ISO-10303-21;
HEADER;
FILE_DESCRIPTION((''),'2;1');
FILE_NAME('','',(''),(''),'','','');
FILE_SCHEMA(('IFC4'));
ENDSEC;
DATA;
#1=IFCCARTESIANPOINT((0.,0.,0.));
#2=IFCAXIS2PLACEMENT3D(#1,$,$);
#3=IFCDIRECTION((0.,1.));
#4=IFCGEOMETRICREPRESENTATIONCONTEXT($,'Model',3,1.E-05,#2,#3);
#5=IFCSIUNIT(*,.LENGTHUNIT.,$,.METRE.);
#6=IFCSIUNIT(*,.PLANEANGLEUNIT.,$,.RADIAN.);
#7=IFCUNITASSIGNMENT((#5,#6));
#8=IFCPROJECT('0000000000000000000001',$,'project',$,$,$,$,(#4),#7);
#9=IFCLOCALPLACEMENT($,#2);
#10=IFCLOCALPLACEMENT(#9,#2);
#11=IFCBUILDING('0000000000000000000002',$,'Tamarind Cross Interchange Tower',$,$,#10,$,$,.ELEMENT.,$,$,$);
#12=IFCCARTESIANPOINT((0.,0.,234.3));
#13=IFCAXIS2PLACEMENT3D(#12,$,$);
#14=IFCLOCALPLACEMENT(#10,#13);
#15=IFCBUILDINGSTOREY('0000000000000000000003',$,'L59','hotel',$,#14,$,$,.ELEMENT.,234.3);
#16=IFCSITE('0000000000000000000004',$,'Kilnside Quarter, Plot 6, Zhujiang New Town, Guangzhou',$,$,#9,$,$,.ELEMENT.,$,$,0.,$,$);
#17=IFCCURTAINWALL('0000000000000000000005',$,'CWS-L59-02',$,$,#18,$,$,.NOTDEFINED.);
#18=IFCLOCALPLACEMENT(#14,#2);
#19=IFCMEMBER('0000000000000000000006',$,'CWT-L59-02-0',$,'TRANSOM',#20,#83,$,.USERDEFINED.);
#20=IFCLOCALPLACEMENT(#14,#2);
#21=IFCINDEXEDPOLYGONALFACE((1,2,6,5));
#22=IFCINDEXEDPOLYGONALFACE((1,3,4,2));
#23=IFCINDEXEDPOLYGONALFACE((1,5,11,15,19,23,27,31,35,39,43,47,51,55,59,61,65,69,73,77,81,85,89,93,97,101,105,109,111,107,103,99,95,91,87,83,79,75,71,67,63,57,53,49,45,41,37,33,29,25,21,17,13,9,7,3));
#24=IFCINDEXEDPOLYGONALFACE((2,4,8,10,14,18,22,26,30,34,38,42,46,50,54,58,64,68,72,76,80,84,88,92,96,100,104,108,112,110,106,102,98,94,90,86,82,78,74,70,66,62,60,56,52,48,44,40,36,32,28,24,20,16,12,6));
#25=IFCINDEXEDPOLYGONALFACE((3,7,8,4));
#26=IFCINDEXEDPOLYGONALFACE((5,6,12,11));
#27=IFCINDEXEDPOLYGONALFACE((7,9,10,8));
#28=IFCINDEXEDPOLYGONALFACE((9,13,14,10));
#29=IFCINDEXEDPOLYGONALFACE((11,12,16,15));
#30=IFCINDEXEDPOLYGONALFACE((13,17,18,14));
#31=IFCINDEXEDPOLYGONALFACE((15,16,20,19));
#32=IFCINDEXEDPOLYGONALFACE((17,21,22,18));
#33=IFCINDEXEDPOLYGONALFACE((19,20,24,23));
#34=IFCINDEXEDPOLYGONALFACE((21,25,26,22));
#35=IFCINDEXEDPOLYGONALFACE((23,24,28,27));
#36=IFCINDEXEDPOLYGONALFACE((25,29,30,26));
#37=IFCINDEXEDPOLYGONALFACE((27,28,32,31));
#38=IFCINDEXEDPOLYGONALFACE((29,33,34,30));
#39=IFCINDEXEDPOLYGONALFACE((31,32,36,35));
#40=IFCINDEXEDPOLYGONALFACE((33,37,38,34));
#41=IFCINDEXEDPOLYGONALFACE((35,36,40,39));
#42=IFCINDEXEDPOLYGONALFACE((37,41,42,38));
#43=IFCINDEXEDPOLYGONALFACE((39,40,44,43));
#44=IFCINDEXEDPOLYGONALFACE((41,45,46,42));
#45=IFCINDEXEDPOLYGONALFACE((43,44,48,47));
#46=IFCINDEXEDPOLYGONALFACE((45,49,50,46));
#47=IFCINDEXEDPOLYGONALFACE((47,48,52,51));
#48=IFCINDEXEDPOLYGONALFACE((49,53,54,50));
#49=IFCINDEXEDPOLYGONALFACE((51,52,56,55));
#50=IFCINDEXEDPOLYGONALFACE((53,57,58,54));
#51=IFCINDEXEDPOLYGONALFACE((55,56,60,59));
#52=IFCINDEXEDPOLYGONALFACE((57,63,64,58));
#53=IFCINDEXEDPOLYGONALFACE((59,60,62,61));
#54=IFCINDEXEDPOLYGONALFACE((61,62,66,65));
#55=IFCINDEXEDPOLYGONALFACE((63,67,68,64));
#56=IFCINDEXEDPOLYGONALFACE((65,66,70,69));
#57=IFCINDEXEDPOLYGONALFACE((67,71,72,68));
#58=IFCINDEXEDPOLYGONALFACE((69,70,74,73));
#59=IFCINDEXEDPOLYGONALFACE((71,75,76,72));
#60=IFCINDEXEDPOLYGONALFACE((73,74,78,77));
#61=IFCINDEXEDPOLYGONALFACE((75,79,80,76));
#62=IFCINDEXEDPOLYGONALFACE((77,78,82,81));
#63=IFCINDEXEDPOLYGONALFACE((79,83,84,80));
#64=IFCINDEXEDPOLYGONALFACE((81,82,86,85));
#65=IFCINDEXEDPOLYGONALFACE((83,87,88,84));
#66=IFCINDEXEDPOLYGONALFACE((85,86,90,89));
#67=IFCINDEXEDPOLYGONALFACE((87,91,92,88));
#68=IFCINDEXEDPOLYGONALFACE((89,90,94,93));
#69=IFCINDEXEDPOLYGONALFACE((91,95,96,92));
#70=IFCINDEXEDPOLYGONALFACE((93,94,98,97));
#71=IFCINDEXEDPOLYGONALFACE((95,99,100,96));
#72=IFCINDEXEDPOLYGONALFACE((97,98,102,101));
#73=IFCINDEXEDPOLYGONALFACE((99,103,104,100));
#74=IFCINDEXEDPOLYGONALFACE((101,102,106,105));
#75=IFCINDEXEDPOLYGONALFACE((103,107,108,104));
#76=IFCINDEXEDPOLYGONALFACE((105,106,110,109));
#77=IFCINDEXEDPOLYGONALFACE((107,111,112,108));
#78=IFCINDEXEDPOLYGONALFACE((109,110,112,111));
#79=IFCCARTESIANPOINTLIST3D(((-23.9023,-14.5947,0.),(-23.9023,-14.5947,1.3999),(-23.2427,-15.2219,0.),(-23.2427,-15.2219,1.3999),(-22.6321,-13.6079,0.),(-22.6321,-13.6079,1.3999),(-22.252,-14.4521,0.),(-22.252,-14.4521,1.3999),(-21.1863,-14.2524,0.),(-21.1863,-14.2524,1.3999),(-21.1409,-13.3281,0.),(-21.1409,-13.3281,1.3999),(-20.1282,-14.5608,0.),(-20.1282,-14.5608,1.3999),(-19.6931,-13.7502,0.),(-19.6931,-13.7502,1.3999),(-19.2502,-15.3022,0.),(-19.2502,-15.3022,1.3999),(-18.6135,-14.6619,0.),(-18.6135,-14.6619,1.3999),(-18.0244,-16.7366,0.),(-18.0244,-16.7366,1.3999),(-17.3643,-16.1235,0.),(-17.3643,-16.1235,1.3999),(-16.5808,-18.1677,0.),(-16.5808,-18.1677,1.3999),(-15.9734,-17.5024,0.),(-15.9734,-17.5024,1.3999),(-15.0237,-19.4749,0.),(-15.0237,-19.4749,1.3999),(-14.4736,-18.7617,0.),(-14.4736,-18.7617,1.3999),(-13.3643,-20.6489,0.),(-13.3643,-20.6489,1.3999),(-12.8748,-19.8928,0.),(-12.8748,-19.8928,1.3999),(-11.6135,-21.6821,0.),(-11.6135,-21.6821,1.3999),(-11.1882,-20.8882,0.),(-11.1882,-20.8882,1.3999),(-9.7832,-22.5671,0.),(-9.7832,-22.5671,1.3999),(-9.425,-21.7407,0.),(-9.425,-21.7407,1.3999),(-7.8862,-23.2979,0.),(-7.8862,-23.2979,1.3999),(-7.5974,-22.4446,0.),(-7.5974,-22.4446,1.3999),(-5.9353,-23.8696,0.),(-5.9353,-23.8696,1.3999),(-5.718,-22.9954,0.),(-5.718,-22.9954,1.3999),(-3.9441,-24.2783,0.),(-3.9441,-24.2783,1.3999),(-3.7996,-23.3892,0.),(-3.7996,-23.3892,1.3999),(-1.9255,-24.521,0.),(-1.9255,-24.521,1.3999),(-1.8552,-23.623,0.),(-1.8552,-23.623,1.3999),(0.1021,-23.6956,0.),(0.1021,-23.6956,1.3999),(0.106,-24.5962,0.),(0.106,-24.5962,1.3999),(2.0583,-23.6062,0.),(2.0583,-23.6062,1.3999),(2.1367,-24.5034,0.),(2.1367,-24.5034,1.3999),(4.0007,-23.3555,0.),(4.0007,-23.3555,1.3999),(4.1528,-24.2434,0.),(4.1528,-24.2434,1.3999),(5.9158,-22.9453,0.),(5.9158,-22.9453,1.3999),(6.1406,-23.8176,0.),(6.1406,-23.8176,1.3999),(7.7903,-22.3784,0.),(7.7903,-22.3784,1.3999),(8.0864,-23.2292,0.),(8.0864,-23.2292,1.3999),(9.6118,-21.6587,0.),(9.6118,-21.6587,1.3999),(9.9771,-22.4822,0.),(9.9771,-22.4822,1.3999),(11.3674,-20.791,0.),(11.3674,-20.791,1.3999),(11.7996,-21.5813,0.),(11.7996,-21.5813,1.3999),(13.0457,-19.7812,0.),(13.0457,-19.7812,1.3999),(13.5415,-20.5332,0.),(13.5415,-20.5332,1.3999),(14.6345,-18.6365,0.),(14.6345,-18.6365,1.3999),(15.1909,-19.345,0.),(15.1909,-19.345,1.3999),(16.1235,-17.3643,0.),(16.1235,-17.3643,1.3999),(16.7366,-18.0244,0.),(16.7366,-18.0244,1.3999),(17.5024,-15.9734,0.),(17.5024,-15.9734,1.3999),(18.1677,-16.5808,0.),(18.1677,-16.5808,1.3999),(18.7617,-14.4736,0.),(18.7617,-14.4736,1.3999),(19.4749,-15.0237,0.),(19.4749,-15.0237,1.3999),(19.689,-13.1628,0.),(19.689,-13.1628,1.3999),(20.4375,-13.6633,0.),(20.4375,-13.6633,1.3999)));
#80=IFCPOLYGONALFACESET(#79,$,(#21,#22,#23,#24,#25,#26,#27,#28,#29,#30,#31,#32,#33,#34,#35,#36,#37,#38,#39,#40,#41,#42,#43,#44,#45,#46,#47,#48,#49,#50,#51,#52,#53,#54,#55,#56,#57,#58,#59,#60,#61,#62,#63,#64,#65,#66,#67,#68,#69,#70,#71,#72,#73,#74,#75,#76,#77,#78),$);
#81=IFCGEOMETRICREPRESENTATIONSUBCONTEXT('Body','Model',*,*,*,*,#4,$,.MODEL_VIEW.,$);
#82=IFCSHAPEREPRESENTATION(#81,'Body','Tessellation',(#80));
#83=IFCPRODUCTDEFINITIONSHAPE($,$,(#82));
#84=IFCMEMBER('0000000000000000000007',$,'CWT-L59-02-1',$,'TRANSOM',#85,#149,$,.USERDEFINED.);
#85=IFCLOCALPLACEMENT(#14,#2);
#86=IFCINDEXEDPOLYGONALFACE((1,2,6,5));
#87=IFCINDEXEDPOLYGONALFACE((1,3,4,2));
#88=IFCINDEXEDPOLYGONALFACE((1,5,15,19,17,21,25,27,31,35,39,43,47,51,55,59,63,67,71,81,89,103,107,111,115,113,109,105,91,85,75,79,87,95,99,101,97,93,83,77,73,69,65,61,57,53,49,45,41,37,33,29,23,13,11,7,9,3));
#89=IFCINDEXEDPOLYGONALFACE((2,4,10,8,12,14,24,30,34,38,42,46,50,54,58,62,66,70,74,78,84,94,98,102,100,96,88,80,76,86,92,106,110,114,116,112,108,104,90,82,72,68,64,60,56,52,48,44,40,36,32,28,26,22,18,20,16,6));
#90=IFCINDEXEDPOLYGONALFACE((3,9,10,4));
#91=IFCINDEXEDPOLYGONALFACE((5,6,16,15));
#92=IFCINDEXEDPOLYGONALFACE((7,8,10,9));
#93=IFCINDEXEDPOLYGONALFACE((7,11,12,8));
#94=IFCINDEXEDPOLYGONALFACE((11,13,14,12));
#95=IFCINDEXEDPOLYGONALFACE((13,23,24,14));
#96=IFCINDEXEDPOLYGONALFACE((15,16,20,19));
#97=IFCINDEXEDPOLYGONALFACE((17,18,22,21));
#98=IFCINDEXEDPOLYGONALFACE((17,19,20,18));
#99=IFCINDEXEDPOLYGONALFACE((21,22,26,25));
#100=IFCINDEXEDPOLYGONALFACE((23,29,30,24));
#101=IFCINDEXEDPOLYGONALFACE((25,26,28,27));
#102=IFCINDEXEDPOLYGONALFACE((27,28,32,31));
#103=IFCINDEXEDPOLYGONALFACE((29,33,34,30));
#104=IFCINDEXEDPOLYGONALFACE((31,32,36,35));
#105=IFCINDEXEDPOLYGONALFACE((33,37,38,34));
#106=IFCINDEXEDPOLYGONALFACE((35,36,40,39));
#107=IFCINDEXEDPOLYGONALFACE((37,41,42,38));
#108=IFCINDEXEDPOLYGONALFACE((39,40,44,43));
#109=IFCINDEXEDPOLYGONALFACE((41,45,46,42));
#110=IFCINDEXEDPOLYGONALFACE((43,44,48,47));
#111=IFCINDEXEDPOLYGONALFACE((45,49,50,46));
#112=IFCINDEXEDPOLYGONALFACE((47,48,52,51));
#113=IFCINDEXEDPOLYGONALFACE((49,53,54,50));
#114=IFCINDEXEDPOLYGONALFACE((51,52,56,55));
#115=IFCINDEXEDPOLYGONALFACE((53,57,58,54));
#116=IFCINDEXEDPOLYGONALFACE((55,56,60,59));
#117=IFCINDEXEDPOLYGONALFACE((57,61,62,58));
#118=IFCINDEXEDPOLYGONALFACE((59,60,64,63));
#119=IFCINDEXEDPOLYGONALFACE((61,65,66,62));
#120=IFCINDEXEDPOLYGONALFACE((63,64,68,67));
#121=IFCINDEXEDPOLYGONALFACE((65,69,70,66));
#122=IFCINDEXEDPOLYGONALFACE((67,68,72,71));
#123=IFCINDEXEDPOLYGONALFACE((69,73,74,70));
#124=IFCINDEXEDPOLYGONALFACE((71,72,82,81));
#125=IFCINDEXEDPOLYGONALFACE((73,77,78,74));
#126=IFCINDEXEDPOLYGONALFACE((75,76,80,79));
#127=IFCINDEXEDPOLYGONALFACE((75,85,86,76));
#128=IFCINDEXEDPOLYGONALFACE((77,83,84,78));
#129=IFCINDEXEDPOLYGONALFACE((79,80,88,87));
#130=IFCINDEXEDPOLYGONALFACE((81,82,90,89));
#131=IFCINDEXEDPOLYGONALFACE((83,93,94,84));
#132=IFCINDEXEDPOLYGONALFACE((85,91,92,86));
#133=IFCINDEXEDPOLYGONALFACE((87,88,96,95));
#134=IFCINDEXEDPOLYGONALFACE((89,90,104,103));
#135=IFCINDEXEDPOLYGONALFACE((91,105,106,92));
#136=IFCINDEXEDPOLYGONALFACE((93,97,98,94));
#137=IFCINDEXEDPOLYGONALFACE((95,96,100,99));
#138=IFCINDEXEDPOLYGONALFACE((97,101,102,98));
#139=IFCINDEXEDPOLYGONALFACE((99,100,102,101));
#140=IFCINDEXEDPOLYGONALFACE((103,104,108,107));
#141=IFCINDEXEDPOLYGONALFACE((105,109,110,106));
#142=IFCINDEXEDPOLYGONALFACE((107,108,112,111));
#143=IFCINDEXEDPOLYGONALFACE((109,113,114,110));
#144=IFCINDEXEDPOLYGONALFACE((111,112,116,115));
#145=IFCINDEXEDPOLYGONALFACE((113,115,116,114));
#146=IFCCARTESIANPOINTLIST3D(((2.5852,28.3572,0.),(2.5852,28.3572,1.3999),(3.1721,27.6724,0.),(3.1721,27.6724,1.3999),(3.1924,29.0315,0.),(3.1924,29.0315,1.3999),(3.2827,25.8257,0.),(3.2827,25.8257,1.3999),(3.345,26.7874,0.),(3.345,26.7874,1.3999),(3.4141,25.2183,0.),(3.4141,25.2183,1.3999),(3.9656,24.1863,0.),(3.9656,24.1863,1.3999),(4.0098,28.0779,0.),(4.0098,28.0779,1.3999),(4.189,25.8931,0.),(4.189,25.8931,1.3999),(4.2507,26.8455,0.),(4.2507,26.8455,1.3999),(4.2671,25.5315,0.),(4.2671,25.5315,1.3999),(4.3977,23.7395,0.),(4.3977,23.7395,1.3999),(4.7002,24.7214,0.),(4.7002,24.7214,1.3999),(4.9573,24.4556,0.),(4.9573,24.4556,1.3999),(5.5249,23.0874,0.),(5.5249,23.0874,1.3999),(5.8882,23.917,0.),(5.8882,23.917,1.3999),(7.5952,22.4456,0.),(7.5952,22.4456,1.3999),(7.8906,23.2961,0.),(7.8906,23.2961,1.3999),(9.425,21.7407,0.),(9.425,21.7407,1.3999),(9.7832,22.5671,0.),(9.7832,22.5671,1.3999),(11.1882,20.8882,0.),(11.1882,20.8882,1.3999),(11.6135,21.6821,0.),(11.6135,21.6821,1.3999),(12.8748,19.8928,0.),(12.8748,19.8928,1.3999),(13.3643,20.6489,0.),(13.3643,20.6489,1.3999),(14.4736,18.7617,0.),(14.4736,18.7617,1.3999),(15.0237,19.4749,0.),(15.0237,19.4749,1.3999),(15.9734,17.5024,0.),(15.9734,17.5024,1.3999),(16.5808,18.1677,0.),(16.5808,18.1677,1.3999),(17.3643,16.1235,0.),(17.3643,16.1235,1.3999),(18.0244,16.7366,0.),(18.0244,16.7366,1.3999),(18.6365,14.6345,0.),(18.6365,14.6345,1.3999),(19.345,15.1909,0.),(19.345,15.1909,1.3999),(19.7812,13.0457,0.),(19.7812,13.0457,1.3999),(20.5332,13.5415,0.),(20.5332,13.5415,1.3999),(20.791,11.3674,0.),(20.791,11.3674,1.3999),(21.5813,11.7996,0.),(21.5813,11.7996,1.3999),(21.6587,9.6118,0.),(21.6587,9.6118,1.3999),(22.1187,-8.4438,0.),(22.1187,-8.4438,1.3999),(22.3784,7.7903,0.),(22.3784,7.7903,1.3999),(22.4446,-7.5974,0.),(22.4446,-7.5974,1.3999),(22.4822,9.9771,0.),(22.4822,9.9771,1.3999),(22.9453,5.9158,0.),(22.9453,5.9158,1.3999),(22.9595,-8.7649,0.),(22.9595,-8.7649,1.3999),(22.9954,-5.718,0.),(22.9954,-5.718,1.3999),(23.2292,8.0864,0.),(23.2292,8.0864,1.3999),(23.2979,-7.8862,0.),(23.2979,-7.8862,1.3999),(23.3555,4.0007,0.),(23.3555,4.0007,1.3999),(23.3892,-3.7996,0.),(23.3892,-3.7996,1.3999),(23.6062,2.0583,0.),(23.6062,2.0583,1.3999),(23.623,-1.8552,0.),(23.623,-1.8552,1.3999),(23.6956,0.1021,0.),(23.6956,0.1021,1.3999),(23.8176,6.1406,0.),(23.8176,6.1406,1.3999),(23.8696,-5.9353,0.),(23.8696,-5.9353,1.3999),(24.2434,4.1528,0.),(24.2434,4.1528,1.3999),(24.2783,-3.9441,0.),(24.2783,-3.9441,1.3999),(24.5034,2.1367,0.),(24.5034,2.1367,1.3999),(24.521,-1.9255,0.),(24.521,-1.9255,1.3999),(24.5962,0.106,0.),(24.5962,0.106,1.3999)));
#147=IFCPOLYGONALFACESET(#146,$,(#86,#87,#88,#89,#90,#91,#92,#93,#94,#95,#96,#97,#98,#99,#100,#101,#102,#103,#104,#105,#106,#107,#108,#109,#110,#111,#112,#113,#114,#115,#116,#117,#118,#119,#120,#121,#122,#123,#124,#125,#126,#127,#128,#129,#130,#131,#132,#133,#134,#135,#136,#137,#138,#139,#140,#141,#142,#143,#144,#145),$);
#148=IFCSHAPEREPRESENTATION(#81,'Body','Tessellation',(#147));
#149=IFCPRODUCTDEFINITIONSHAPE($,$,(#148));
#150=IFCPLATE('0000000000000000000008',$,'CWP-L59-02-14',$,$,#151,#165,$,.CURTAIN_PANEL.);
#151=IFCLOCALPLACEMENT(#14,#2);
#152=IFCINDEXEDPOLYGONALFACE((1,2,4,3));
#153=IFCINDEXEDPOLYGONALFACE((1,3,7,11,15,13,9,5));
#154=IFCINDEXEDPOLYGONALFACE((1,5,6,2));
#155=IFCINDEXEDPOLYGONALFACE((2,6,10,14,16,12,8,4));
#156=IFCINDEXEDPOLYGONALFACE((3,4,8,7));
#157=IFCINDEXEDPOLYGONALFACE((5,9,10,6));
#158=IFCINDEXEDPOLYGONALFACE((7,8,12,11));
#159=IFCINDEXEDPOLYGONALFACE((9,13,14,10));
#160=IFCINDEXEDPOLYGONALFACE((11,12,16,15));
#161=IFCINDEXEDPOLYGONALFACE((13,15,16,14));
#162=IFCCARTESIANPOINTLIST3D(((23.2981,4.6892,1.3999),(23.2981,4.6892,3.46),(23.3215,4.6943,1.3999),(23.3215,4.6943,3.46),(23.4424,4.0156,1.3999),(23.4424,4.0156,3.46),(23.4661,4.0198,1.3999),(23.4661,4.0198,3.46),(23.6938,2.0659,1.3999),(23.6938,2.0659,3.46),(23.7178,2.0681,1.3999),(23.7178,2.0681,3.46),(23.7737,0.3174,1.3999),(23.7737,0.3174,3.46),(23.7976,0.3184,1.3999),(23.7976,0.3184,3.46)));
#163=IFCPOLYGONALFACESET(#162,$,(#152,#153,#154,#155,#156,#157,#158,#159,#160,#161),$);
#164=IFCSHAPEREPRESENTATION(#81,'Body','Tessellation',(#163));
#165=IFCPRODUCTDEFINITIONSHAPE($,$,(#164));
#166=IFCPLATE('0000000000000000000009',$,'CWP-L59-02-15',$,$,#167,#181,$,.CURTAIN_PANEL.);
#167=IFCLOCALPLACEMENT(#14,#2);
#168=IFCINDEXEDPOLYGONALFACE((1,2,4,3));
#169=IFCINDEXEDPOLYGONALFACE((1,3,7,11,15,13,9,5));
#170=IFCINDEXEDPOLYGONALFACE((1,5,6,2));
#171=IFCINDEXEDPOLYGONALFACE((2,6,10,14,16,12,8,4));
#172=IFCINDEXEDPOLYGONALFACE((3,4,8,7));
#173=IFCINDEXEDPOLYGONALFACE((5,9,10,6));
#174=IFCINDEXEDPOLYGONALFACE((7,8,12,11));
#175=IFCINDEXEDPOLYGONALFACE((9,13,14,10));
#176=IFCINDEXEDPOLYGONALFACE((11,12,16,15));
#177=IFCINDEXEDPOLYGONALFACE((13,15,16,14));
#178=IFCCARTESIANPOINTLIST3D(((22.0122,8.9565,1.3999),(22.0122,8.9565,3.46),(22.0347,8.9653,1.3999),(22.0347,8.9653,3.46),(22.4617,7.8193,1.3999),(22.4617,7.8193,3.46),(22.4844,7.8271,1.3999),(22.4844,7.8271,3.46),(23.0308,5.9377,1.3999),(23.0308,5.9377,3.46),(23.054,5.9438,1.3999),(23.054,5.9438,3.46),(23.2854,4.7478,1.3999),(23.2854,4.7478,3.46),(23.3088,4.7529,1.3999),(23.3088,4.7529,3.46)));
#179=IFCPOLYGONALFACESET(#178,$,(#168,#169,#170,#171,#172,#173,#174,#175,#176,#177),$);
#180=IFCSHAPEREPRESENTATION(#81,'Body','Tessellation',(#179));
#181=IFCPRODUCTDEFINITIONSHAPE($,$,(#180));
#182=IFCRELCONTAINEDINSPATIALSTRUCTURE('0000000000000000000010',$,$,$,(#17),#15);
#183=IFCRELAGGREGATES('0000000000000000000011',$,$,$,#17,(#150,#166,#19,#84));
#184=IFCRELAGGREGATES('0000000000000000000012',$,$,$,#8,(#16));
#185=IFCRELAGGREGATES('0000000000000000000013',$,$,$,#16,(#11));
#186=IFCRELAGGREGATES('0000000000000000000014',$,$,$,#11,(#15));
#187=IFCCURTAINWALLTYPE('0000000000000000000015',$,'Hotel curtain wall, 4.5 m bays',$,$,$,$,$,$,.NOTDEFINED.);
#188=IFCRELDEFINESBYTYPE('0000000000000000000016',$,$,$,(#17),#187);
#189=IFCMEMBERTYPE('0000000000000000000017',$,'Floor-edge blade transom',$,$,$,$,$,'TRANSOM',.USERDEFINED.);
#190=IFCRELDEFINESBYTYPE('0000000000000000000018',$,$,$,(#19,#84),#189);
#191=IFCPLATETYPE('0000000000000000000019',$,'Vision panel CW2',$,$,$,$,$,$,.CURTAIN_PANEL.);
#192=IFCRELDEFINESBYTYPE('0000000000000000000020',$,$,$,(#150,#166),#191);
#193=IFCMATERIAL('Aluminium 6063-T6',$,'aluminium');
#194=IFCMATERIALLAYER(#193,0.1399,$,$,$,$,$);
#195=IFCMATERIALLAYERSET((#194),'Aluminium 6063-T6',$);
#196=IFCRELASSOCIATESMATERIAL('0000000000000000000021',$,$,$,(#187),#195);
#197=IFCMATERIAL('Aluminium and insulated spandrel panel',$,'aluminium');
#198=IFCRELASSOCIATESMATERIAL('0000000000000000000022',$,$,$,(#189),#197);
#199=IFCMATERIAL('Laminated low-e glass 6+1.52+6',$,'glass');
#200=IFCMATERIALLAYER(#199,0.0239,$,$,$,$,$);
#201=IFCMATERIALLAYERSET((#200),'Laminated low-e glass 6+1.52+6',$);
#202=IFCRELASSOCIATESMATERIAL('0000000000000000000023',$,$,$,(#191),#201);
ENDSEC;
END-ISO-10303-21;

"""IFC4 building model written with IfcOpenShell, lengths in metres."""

from ifc_helpers import new_model, si_unit, direction, frame, origin, place, context, subcontext, project, spatial, polyline, outline, extrude, material, layer, layer_set, type_object, element, aggregate, save


model = new_model("IFC4")

# Units and contexts
model_context = context("Model", 3, precision=1e-05, world=origin(), true_north=direction((0.0, 1.0)))
body_context = subcontext(model_context, "Body", "Model", "MODEL_VIEW")
ifc_project = project(units=[si_unit("LENGTHUNIT", "METRE"), si_unit("PLANEANGLEUNIT", "RADIAN")], contexts=[model_context])

# Site, building, storey
site_placement = place(None, origin())
site = spatial("IfcSite", under=ifc_project, at=site_placement, Name="Kilnside Quarter, Plot 6, Zhujiang New Town, Guangzhou", CompositionType="ELEMENT", RefElevation=0.0)
building_placement = place(site_placement, origin())
building = spatial("IfcBuilding", under=site, at=building_placement, Name="Tamarind Cross Interchange Tower", CompositionType="ELEMENT")
storey_placement = place(building_placement, frame((0.0, 0.0, 234.3)))
storey = spatial("IfcBuildingStorey", under=building, at=storey_placement, Name="L59", Description="hotel", CompositionType="ELEMENT", Elevation=234.3)

# Curtain wall, members, plates
ifc_material_1 = material(Name="Aluminium 6063-T6", Category="aluminium")
ifc_layer_1 = layer(ifc_material_1, 0.1399)
ifc_layer_set_1 = layer_set([ifc_layer_1], Name="Aluminium 6063-T6")
curtain_wall_type = type_object("IfcCurtainWallType", Name="Hotel curtain wall, 4.5 m bays", PredefinedType="NOTDEFINED", material=ifc_layer_set_1)
curtain_wall_placement = place(storey_placement, origin())
curtain_wall = element("IfcCurtainWall", 1, at=curtain_wall_placement, inside=storey, type_object=curtain_wall_type, Name="CWS-L59-02", PredefinedType="NOTDEFINED")
ifc_material_2 = material(Name="Aluminium and insulated spandrel panel", Category="aluminium")
member_type = type_object("IfcMemberType", Name="Floor-edge blade transom", ElementType="TRANSOM", PredefinedType="USERDEFINED", material=ifc_material_2)
member_1_placement = place(storey_placement, origin())
member_1 = element("IfcMember", 2, at=member_1_placement, type_object=member_type, Name="CWT-L59-02-0", ObjectType="TRANSOM", PredefinedType="USERDEFINED", context=body_context, shape_type="SweptSolid", body=[
    extrude(outline(polyline([(-23.9023, -14.5947), (-22.6321, -13.6079), (-21.1409, -13.3281), (-19.6931, -13.7502), (-18.6135, -14.6619), (-17.3643, -16.1235), (-15.9734, -17.5024), (-14.4736, -18.7617), (-12.8748, -19.8928), (-11.1882, -20.8882), (-9.425, -21.7407), (-7.5974, -22.4446), (-5.718, -22.9954), (-3.7996, -23.3892), (-1.8552, -23.623), (0.1021, -23.6956), (2.0583, -23.6062), (4.0007, -23.3555), (5.9158, -22.9453), (7.7903, -22.3784), (9.6118, -21.6587), (11.3674, -20.791), (13.0457, -19.7812), (14.6345, -18.6365), (16.1235, -17.3643), (17.5024, -15.9734), (18.7617, -14.4736), (19.689, -13.1628), (20.4375, -13.6633), (19.4749, -15.0237), (18.1677, -16.5808), (16.7366, -18.0244), (15.1909, -19.345), (13.5415, -20.5332), (11.7996, -21.5813), (9.9771, -22.4822), (8.0864, -23.2292), (6.1406, -23.8176), (4.1528, -24.2434), (2.1367, -24.5034), (0.106, -24.5962), (-1.9255, -24.521), (-3.9441, -24.2783), (-5.9353, -23.8696), (-7.8862, -23.2979), (-9.7832, -22.5671), (-11.6135, -21.6821), (-13.3643, -20.6489), (-15.0237, -19.4749), (-16.5808, -18.1677), (-18.0244, -16.7366), (-19.2502, -15.3022), (-20.1282, -14.5608), (-21.1863, -14.2524), (-22.252, -14.4521), (-23.2427, -15.2219), (-23.9023, -14.5947)])), origin(), (0.0, 0.0, 1.0), 1.3999),
])
member_2_placement = place(storey_placement, origin())
member_2 = element("IfcMember", 3, at=member_2_placement, type_object=member_type, Name="CWT-L59-02-1", ObjectType="TRANSOM", PredefinedType="USERDEFINED", context=body_context, shape_type="SweptSolid", body=[
    extrude(outline(polyline([(22.1187, -8.4438), (22.4446, -7.5974), (22.9954, -5.718), (23.3892, -3.7996), (23.623, -1.8552), (23.6956, 0.1021), (23.6062, 2.0583), (23.3555, 4.0007), (22.9453, 5.9158), (22.3784, 7.7903), (21.6587, 9.6118), (20.791, 11.3674), (19.7812, 13.0457), (18.6365, 14.6345), (17.3643, 16.1235), (15.9734, 17.5024), (14.4736, 18.7617), (12.8748, 19.8928), (11.1882, 20.8882), (9.425, 21.7407), (7.5952, 22.4456), (5.5249, 23.0874), (4.3977, 23.7395), (3.9656, 24.1863), (3.4141, 25.2183), (3.2827, 25.8257), (3.345, 26.7874), (3.1721, 27.6724), (2.5852, 28.3572), (3.1924, 29.0315), (4.0098, 28.0779), (4.2507, 26.8455), (4.189, 25.8931), (4.2671, 25.5315), (4.7002, 24.7214), (4.9573, 24.4556), (5.8882, 23.917), (7.8906, 23.2961), (9.7832, 22.5671), (11.6135, 21.6821), (13.3643, 20.6489), (15.0237, 19.4749), (16.5808, 18.1677), (18.0244, 16.7366), (19.345, 15.1909), (20.5332, 13.5415), (21.5813, 11.7996), (22.4822, 9.9771), (23.2292, 8.0864), (23.8176, 6.1406), (24.2434, 4.1528), (24.5034, 2.1367), (24.5962, 0.106), (24.521, -1.9255), (24.2783, -3.9441), (23.8696, -5.9353), (23.2979, -7.8862), (22.9595, -8.7649), (22.1187, -8.4438)])), origin(), (0.0, 0.0, 1.0), 1.3999),
])
ifc_material_3 = material(Name="Laminated low-e glass 6+1.52+6", Category="glass")
ifc_layer_2 = layer(ifc_material_3, 0.0239)
ifc_layer_set_2 = layer_set([ifc_layer_2], Name="Laminated low-e glass 6+1.52+6")
plate_type = type_object("IfcPlateType", Name="Vision panel CW2", PredefinedType="CURTAIN_PANEL", material=ifc_layer_set_2)
plate_1_placement = place(storey_placement, frame((0.0, 0.0, 1.3999)))
plate_1 = element("IfcPlate", 4, at=plate_1_placement, type_object=plate_type, Name="CWP-L59-02-14", PredefinedType="CURTAIN_PANEL", context=body_context, shape_type="SweptSolid", body=[
    extrude(outline(polyline([(23.7737, 0.3174), (23.6938, 2.0659), (23.4424, 4.0156), (23.2981, 4.6892), (23.3215, 4.6943), (23.4661, 4.0198), (23.7178, 2.0681), (23.7976, 0.3184), (23.7737, 0.3174)])), origin(), (0.0, 0.0, 1.0), 2.0601),
])
plate_2_placement = place(storey_placement, frame((0.0, 0.0, 1.3999)))
plate_2 = element("IfcPlate", 5, at=plate_2_placement, type_object=plate_type, Name="CWP-L59-02-15", PredefinedType="CURTAIN_PANEL", context=body_context, shape_type="SweptSolid", body=[
    extrude(outline(polyline([(23.2854, 4.7478), (23.0308, 5.9377), (22.4617, 7.8193), (22.0122, 8.9565), (22.0347, 8.9653), (22.4844, 7.8271), (23.054, 5.9438), (23.3088, 4.7529), (23.2854, 4.7478)])), origin(), (0.0, 0.0, 1.0), 2.0601),
])
aggregate(curtain_wall, [plate_1, plate_2, member_1, member_2])

save(model, "model.ifc")
